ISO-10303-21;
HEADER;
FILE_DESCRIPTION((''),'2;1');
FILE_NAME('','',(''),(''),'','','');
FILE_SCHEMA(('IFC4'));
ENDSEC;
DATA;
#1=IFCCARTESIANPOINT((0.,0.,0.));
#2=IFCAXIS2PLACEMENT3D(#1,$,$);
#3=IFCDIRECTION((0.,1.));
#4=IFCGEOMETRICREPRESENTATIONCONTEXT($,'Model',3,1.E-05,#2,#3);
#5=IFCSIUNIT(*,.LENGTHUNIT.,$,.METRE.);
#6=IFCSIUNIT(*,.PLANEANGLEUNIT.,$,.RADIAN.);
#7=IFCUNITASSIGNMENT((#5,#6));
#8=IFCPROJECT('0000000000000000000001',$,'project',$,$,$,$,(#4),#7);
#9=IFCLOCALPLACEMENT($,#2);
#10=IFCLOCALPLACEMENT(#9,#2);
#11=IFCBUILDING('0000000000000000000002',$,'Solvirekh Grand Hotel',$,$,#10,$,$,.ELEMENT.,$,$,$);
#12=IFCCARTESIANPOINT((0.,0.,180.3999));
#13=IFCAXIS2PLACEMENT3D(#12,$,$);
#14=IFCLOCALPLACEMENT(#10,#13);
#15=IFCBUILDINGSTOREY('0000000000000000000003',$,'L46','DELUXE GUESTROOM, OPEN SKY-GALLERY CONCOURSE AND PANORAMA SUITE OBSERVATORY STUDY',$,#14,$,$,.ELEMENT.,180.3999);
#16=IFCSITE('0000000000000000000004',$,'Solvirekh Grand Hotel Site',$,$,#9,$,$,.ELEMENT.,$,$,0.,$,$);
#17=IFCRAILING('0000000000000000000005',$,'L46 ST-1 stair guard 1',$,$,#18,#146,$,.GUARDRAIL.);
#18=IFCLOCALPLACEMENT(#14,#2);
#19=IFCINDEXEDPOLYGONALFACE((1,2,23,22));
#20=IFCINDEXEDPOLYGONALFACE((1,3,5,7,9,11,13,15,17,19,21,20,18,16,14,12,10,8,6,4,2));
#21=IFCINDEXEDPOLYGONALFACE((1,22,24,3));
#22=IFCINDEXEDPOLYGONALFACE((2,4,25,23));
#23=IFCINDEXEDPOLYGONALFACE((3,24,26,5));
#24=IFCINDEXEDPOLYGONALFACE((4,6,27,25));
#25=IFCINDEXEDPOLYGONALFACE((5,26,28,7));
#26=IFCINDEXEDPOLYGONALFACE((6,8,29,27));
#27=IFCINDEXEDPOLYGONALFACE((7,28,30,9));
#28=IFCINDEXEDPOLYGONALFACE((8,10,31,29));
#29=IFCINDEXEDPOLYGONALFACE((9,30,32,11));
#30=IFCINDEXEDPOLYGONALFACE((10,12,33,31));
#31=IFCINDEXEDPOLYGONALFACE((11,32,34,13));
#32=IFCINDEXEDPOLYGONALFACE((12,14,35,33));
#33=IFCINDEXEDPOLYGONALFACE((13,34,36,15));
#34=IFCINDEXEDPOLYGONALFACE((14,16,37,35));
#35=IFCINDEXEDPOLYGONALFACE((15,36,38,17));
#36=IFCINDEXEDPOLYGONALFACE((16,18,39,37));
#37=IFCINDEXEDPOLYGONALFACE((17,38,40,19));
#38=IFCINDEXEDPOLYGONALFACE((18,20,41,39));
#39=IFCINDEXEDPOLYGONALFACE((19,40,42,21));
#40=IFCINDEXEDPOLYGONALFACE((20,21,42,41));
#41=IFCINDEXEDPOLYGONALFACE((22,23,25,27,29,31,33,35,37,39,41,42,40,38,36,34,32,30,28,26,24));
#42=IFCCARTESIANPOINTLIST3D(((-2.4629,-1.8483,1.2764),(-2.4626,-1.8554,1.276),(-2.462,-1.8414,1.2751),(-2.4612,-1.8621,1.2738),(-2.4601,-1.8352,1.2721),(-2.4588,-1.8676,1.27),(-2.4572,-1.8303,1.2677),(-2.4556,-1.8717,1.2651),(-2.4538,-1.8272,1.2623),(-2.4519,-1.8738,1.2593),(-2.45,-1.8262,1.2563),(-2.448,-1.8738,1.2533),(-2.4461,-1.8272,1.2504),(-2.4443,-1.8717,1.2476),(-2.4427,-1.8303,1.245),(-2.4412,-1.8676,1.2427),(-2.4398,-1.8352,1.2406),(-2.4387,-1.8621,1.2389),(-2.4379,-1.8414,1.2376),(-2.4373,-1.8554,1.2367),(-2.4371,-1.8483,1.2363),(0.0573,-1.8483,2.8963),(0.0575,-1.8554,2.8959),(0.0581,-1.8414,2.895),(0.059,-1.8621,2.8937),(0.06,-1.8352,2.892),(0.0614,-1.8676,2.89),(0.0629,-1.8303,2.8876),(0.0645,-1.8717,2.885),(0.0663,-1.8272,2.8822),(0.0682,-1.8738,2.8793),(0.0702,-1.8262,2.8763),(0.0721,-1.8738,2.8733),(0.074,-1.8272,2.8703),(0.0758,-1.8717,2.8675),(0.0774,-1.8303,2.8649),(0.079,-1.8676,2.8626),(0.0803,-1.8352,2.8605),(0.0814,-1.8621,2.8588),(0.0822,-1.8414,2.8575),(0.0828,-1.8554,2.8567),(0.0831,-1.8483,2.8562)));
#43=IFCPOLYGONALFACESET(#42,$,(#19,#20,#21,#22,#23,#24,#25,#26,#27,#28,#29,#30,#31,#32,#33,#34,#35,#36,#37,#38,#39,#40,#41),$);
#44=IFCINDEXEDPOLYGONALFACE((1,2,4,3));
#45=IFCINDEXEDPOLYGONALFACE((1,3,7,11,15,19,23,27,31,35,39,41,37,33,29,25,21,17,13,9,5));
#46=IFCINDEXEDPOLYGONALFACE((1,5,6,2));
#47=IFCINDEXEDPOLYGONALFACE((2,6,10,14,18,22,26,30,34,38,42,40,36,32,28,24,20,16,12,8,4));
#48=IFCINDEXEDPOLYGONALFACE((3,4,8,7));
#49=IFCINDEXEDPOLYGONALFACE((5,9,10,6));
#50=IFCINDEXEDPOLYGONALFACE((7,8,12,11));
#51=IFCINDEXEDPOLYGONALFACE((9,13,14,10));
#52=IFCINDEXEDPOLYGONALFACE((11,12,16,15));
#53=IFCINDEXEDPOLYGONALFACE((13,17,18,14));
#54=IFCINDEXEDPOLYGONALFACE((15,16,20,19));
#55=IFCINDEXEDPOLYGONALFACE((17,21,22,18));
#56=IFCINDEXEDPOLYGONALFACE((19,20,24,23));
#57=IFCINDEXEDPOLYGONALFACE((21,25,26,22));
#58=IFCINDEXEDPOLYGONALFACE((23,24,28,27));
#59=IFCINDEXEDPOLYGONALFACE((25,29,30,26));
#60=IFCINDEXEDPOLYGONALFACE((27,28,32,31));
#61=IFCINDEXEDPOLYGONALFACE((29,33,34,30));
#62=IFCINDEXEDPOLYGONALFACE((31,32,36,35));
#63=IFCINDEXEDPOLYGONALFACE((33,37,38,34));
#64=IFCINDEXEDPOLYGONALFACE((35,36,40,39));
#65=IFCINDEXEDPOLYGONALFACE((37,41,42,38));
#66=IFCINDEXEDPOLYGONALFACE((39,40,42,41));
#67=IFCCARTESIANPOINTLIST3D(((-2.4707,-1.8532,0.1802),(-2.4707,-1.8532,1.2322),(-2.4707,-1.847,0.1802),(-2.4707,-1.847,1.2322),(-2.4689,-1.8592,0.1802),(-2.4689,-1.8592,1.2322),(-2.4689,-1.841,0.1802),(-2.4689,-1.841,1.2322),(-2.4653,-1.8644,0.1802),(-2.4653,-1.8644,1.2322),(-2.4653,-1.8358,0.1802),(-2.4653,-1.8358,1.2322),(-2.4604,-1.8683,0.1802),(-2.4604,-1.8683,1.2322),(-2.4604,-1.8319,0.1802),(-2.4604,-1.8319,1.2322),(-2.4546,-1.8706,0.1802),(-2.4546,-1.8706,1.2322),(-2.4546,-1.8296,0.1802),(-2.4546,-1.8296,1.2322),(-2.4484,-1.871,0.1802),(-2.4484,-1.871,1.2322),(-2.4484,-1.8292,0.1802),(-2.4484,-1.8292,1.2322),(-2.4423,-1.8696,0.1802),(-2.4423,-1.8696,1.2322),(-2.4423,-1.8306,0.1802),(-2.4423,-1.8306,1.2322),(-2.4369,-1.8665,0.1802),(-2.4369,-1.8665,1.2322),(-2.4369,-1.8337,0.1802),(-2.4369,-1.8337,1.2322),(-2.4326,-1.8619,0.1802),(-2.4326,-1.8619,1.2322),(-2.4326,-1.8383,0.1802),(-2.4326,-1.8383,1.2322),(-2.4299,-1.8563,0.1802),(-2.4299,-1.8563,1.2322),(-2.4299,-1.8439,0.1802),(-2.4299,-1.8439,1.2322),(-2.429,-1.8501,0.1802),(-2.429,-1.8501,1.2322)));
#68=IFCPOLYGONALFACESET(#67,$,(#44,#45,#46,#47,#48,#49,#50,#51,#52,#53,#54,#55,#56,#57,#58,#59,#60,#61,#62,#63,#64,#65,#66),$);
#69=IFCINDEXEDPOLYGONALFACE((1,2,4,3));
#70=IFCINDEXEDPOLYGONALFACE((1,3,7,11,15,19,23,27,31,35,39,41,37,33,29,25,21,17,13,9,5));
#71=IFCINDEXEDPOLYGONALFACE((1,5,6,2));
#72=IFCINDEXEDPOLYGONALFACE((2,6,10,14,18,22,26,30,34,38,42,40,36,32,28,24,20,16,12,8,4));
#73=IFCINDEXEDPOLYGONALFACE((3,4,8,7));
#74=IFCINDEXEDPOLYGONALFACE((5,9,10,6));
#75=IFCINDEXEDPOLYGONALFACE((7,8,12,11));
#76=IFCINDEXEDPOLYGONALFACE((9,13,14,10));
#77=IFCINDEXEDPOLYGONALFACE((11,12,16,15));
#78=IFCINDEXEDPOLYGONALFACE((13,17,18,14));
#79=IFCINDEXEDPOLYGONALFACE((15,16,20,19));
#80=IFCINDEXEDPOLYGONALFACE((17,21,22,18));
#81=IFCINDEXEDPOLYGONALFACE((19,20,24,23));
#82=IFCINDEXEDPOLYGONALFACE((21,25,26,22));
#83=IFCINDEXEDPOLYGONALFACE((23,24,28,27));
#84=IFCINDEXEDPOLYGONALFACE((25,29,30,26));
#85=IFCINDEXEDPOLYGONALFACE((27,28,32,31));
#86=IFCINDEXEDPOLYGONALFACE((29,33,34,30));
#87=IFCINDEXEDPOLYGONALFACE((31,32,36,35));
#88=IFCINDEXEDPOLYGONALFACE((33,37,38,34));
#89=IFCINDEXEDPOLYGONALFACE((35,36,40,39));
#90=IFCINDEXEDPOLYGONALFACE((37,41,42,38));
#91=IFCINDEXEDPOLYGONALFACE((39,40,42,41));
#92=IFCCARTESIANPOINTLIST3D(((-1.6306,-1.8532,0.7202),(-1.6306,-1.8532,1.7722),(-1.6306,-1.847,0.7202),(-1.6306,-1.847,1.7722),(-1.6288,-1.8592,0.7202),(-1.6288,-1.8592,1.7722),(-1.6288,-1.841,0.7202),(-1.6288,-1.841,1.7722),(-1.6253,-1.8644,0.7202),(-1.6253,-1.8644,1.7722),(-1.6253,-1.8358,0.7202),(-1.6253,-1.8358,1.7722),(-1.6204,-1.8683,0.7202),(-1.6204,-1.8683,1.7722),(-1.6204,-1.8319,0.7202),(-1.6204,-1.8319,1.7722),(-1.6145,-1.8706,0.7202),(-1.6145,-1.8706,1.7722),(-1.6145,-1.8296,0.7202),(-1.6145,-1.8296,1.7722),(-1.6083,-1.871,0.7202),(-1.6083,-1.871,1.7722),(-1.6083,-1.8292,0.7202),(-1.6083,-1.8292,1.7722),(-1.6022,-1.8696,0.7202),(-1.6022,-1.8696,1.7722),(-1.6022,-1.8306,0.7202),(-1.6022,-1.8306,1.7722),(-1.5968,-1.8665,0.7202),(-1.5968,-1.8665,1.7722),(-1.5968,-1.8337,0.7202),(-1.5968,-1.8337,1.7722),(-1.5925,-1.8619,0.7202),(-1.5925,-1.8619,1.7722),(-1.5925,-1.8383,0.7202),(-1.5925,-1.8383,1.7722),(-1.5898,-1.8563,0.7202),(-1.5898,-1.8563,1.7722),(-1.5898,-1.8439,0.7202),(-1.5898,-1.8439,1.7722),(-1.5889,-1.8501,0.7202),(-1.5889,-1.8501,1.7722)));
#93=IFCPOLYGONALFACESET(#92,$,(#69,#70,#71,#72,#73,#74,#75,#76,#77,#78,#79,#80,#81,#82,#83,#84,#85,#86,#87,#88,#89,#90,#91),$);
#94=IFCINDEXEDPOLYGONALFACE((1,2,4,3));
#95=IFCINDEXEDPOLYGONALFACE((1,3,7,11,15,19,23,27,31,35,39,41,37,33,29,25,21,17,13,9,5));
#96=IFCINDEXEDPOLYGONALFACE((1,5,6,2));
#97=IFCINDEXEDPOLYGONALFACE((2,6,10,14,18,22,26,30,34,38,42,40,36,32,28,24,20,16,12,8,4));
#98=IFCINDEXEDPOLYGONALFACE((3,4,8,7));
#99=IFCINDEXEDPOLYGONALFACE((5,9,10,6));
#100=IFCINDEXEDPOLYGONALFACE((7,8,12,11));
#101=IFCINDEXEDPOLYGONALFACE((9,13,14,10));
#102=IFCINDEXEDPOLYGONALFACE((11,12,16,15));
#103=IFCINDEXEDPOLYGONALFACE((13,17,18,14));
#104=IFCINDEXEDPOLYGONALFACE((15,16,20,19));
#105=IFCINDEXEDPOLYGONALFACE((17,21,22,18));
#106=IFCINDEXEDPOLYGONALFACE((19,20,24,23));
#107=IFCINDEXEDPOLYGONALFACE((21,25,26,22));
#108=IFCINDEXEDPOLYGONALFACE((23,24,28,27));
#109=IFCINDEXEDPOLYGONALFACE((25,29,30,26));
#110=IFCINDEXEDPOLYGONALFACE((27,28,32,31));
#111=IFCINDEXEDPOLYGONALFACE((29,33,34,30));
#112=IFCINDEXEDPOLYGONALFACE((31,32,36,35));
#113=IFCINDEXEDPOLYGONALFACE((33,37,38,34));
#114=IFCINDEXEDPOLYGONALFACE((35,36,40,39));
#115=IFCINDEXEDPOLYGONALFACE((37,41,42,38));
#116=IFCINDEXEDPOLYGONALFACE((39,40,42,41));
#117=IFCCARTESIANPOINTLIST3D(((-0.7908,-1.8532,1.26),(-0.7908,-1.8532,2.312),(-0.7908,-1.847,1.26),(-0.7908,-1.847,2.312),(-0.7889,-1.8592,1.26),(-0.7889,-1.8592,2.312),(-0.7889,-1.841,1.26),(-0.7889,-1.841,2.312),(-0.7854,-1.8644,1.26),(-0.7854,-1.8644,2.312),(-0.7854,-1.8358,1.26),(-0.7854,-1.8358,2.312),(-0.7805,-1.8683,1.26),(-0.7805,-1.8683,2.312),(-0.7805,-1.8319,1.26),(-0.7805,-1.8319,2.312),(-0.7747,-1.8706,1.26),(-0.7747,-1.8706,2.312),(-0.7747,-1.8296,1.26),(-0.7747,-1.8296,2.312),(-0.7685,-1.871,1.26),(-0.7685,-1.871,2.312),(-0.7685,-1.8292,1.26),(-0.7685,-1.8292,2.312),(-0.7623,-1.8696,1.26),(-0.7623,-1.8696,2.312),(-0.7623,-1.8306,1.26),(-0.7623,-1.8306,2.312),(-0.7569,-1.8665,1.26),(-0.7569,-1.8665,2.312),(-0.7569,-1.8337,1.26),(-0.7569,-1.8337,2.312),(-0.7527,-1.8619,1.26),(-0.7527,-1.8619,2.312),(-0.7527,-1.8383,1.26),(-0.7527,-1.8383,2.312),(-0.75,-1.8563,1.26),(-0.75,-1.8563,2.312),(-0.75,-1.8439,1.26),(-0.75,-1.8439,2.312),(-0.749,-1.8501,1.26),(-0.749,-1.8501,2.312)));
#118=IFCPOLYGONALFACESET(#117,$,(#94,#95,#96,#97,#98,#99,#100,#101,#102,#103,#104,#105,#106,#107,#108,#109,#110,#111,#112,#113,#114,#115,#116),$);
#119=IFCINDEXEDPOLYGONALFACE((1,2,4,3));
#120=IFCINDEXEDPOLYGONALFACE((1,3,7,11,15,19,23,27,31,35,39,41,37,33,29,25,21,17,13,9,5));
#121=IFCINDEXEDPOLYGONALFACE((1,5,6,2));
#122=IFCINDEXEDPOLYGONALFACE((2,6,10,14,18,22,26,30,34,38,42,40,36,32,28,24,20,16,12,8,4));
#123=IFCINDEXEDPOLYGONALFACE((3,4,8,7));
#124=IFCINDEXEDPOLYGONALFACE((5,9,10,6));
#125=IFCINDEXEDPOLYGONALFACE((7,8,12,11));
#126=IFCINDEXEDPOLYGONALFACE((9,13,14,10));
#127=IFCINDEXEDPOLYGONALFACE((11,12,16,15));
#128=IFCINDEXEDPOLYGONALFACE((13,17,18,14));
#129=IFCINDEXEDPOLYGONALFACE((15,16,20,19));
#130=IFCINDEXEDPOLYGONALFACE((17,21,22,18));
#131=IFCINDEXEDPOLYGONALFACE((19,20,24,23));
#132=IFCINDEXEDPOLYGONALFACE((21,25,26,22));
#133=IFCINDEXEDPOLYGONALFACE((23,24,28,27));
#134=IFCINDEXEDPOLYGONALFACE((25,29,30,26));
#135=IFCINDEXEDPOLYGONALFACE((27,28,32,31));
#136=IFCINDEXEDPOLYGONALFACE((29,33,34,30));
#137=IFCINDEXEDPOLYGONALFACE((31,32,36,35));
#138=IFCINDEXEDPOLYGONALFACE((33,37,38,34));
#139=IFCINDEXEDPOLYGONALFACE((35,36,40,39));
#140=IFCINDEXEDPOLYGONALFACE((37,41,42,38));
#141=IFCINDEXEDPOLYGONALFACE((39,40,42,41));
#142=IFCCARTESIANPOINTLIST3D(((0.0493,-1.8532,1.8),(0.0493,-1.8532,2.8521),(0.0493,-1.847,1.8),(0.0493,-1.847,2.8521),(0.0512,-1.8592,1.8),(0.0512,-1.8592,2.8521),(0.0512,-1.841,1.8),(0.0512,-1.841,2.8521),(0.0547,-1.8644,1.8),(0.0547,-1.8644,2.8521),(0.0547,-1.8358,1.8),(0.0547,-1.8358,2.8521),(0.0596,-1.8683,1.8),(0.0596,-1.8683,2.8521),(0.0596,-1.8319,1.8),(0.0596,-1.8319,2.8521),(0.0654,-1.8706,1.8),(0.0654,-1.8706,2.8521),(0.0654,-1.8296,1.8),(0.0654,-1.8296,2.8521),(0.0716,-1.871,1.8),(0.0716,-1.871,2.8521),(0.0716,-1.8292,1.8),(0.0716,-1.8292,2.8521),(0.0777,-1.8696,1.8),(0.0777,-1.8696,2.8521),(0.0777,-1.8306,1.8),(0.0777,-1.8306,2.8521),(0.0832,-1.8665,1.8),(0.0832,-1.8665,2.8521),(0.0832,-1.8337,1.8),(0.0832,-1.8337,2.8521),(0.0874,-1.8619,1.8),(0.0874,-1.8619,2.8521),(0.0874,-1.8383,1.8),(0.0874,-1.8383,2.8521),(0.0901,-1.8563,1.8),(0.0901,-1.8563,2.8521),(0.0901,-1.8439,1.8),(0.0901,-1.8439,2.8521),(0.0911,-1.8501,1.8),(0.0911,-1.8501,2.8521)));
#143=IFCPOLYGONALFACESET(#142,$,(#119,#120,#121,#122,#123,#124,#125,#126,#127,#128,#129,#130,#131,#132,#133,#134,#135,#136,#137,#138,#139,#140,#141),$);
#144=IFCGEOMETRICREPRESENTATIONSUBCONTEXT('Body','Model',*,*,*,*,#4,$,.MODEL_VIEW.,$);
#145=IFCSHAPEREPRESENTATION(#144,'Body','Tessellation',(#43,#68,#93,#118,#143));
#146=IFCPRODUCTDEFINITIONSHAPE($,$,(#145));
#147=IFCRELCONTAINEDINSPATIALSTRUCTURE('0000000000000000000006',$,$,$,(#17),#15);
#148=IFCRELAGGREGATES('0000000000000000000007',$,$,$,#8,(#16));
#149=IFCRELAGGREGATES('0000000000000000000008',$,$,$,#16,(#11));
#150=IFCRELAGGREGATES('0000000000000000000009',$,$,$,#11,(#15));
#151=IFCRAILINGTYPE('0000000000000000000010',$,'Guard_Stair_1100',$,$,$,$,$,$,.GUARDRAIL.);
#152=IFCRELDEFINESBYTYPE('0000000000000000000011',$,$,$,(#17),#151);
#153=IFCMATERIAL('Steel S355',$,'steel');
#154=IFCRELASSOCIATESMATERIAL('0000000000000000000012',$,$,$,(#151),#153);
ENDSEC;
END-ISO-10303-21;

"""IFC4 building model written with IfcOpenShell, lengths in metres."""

from ifc_helpers import new_model, si_unit, direction, frame, origin, origin_2d, place, context, subcontext, project, spatial, circle, extrude, material, type_object, element, save


model = new_model("IFC4")

# Units and contexts
model_context = context("Model", 3, precision=1e-05, world=origin(), true_north=direction((0.0, 1.0)))
body_context = subcontext(model_context, "Body", "Model", "MODEL_VIEW")
ifc_project = project(units=[si_unit("LENGTHUNIT", "METRE"), si_unit("PLANEANGLEUNIT", "RADIAN")], contexts=[model_context])

# Site, building, storey
site_placement = place(None, origin())
site = spatial("IfcSite", under=ifc_project, at=site_placement, Name="Solvirekh Grand Hotel Site", CompositionType="ELEMENT", RefElevation=0.0)
building_placement = place(site_placement, origin())
building = spatial("IfcBuilding", under=site, at=building_placement, Name="Solvirekh Grand Hotel", CompositionType="ELEMENT")
storey_placement = place(building_placement, frame((0.0, 0.0, 180.3999)))
storey = spatial("IfcBuildingStorey", under=building, at=storey_placement, Name="L46", Description="DELUXE GUESTROOM, OPEN SKY-GALLERY CONCOURSE AND PANORAMA SUITE OBSERVATORY STUDY", CompositionType="ELEMENT", Elevation=180.3999)

# Shared definitions
ifc_material_1 = material(Name="Steel S355", Category="steel")

# Railing
railing_type_1 = type_object("IfcRailingType", Name="Guard_Stair_1100", PredefinedType="GUARDRAIL", material=ifc_material_1)
railing_1_placement = place(storey_placement, frame((-2.45, -1.8501, 0.1802)))
element("IfcRailing", 1, at=railing_1_placement, inside=storey, type_object=railing_type_1, Name="L46 ST-1 stair guard 1", PredefinedType="GUARDRAIL", context=body_context, shape_type="SweptSolid", body=[
    extrude(circle(Radius=0.0239, at=origin_2d()), frame((0.0, 0.0, 1.0762), z_axis=(0.8412, 0.0, 0.540725), x_axis=(0.0, 1.0, 0.0)), (0.0, 0.0, 1.0), 2.9958),
    extrude(circle(Radius=0.021, at=origin_2d()), origin(), (0.0, 0.0, 1.0), 1.052),
    extrude(circle(Radius=0.021, at=origin_2d()), frame((0.8401, 0.0, 0.54)), (0.0, 0.0, 1.0), 1.052),
    extrude(circle(Radius=0.021, at=origin_2d()), frame((1.6799, 0.0, 1.0798)), (0.0, 0.0, 1.0), 1.052),
    extrude(circle(Radius=0.021, at=origin_2d()), frame((2.52, 0.0, 1.6199)), (0.0, 0.0, 1.0), 1.052),
])

save(model, "model.ifc")
